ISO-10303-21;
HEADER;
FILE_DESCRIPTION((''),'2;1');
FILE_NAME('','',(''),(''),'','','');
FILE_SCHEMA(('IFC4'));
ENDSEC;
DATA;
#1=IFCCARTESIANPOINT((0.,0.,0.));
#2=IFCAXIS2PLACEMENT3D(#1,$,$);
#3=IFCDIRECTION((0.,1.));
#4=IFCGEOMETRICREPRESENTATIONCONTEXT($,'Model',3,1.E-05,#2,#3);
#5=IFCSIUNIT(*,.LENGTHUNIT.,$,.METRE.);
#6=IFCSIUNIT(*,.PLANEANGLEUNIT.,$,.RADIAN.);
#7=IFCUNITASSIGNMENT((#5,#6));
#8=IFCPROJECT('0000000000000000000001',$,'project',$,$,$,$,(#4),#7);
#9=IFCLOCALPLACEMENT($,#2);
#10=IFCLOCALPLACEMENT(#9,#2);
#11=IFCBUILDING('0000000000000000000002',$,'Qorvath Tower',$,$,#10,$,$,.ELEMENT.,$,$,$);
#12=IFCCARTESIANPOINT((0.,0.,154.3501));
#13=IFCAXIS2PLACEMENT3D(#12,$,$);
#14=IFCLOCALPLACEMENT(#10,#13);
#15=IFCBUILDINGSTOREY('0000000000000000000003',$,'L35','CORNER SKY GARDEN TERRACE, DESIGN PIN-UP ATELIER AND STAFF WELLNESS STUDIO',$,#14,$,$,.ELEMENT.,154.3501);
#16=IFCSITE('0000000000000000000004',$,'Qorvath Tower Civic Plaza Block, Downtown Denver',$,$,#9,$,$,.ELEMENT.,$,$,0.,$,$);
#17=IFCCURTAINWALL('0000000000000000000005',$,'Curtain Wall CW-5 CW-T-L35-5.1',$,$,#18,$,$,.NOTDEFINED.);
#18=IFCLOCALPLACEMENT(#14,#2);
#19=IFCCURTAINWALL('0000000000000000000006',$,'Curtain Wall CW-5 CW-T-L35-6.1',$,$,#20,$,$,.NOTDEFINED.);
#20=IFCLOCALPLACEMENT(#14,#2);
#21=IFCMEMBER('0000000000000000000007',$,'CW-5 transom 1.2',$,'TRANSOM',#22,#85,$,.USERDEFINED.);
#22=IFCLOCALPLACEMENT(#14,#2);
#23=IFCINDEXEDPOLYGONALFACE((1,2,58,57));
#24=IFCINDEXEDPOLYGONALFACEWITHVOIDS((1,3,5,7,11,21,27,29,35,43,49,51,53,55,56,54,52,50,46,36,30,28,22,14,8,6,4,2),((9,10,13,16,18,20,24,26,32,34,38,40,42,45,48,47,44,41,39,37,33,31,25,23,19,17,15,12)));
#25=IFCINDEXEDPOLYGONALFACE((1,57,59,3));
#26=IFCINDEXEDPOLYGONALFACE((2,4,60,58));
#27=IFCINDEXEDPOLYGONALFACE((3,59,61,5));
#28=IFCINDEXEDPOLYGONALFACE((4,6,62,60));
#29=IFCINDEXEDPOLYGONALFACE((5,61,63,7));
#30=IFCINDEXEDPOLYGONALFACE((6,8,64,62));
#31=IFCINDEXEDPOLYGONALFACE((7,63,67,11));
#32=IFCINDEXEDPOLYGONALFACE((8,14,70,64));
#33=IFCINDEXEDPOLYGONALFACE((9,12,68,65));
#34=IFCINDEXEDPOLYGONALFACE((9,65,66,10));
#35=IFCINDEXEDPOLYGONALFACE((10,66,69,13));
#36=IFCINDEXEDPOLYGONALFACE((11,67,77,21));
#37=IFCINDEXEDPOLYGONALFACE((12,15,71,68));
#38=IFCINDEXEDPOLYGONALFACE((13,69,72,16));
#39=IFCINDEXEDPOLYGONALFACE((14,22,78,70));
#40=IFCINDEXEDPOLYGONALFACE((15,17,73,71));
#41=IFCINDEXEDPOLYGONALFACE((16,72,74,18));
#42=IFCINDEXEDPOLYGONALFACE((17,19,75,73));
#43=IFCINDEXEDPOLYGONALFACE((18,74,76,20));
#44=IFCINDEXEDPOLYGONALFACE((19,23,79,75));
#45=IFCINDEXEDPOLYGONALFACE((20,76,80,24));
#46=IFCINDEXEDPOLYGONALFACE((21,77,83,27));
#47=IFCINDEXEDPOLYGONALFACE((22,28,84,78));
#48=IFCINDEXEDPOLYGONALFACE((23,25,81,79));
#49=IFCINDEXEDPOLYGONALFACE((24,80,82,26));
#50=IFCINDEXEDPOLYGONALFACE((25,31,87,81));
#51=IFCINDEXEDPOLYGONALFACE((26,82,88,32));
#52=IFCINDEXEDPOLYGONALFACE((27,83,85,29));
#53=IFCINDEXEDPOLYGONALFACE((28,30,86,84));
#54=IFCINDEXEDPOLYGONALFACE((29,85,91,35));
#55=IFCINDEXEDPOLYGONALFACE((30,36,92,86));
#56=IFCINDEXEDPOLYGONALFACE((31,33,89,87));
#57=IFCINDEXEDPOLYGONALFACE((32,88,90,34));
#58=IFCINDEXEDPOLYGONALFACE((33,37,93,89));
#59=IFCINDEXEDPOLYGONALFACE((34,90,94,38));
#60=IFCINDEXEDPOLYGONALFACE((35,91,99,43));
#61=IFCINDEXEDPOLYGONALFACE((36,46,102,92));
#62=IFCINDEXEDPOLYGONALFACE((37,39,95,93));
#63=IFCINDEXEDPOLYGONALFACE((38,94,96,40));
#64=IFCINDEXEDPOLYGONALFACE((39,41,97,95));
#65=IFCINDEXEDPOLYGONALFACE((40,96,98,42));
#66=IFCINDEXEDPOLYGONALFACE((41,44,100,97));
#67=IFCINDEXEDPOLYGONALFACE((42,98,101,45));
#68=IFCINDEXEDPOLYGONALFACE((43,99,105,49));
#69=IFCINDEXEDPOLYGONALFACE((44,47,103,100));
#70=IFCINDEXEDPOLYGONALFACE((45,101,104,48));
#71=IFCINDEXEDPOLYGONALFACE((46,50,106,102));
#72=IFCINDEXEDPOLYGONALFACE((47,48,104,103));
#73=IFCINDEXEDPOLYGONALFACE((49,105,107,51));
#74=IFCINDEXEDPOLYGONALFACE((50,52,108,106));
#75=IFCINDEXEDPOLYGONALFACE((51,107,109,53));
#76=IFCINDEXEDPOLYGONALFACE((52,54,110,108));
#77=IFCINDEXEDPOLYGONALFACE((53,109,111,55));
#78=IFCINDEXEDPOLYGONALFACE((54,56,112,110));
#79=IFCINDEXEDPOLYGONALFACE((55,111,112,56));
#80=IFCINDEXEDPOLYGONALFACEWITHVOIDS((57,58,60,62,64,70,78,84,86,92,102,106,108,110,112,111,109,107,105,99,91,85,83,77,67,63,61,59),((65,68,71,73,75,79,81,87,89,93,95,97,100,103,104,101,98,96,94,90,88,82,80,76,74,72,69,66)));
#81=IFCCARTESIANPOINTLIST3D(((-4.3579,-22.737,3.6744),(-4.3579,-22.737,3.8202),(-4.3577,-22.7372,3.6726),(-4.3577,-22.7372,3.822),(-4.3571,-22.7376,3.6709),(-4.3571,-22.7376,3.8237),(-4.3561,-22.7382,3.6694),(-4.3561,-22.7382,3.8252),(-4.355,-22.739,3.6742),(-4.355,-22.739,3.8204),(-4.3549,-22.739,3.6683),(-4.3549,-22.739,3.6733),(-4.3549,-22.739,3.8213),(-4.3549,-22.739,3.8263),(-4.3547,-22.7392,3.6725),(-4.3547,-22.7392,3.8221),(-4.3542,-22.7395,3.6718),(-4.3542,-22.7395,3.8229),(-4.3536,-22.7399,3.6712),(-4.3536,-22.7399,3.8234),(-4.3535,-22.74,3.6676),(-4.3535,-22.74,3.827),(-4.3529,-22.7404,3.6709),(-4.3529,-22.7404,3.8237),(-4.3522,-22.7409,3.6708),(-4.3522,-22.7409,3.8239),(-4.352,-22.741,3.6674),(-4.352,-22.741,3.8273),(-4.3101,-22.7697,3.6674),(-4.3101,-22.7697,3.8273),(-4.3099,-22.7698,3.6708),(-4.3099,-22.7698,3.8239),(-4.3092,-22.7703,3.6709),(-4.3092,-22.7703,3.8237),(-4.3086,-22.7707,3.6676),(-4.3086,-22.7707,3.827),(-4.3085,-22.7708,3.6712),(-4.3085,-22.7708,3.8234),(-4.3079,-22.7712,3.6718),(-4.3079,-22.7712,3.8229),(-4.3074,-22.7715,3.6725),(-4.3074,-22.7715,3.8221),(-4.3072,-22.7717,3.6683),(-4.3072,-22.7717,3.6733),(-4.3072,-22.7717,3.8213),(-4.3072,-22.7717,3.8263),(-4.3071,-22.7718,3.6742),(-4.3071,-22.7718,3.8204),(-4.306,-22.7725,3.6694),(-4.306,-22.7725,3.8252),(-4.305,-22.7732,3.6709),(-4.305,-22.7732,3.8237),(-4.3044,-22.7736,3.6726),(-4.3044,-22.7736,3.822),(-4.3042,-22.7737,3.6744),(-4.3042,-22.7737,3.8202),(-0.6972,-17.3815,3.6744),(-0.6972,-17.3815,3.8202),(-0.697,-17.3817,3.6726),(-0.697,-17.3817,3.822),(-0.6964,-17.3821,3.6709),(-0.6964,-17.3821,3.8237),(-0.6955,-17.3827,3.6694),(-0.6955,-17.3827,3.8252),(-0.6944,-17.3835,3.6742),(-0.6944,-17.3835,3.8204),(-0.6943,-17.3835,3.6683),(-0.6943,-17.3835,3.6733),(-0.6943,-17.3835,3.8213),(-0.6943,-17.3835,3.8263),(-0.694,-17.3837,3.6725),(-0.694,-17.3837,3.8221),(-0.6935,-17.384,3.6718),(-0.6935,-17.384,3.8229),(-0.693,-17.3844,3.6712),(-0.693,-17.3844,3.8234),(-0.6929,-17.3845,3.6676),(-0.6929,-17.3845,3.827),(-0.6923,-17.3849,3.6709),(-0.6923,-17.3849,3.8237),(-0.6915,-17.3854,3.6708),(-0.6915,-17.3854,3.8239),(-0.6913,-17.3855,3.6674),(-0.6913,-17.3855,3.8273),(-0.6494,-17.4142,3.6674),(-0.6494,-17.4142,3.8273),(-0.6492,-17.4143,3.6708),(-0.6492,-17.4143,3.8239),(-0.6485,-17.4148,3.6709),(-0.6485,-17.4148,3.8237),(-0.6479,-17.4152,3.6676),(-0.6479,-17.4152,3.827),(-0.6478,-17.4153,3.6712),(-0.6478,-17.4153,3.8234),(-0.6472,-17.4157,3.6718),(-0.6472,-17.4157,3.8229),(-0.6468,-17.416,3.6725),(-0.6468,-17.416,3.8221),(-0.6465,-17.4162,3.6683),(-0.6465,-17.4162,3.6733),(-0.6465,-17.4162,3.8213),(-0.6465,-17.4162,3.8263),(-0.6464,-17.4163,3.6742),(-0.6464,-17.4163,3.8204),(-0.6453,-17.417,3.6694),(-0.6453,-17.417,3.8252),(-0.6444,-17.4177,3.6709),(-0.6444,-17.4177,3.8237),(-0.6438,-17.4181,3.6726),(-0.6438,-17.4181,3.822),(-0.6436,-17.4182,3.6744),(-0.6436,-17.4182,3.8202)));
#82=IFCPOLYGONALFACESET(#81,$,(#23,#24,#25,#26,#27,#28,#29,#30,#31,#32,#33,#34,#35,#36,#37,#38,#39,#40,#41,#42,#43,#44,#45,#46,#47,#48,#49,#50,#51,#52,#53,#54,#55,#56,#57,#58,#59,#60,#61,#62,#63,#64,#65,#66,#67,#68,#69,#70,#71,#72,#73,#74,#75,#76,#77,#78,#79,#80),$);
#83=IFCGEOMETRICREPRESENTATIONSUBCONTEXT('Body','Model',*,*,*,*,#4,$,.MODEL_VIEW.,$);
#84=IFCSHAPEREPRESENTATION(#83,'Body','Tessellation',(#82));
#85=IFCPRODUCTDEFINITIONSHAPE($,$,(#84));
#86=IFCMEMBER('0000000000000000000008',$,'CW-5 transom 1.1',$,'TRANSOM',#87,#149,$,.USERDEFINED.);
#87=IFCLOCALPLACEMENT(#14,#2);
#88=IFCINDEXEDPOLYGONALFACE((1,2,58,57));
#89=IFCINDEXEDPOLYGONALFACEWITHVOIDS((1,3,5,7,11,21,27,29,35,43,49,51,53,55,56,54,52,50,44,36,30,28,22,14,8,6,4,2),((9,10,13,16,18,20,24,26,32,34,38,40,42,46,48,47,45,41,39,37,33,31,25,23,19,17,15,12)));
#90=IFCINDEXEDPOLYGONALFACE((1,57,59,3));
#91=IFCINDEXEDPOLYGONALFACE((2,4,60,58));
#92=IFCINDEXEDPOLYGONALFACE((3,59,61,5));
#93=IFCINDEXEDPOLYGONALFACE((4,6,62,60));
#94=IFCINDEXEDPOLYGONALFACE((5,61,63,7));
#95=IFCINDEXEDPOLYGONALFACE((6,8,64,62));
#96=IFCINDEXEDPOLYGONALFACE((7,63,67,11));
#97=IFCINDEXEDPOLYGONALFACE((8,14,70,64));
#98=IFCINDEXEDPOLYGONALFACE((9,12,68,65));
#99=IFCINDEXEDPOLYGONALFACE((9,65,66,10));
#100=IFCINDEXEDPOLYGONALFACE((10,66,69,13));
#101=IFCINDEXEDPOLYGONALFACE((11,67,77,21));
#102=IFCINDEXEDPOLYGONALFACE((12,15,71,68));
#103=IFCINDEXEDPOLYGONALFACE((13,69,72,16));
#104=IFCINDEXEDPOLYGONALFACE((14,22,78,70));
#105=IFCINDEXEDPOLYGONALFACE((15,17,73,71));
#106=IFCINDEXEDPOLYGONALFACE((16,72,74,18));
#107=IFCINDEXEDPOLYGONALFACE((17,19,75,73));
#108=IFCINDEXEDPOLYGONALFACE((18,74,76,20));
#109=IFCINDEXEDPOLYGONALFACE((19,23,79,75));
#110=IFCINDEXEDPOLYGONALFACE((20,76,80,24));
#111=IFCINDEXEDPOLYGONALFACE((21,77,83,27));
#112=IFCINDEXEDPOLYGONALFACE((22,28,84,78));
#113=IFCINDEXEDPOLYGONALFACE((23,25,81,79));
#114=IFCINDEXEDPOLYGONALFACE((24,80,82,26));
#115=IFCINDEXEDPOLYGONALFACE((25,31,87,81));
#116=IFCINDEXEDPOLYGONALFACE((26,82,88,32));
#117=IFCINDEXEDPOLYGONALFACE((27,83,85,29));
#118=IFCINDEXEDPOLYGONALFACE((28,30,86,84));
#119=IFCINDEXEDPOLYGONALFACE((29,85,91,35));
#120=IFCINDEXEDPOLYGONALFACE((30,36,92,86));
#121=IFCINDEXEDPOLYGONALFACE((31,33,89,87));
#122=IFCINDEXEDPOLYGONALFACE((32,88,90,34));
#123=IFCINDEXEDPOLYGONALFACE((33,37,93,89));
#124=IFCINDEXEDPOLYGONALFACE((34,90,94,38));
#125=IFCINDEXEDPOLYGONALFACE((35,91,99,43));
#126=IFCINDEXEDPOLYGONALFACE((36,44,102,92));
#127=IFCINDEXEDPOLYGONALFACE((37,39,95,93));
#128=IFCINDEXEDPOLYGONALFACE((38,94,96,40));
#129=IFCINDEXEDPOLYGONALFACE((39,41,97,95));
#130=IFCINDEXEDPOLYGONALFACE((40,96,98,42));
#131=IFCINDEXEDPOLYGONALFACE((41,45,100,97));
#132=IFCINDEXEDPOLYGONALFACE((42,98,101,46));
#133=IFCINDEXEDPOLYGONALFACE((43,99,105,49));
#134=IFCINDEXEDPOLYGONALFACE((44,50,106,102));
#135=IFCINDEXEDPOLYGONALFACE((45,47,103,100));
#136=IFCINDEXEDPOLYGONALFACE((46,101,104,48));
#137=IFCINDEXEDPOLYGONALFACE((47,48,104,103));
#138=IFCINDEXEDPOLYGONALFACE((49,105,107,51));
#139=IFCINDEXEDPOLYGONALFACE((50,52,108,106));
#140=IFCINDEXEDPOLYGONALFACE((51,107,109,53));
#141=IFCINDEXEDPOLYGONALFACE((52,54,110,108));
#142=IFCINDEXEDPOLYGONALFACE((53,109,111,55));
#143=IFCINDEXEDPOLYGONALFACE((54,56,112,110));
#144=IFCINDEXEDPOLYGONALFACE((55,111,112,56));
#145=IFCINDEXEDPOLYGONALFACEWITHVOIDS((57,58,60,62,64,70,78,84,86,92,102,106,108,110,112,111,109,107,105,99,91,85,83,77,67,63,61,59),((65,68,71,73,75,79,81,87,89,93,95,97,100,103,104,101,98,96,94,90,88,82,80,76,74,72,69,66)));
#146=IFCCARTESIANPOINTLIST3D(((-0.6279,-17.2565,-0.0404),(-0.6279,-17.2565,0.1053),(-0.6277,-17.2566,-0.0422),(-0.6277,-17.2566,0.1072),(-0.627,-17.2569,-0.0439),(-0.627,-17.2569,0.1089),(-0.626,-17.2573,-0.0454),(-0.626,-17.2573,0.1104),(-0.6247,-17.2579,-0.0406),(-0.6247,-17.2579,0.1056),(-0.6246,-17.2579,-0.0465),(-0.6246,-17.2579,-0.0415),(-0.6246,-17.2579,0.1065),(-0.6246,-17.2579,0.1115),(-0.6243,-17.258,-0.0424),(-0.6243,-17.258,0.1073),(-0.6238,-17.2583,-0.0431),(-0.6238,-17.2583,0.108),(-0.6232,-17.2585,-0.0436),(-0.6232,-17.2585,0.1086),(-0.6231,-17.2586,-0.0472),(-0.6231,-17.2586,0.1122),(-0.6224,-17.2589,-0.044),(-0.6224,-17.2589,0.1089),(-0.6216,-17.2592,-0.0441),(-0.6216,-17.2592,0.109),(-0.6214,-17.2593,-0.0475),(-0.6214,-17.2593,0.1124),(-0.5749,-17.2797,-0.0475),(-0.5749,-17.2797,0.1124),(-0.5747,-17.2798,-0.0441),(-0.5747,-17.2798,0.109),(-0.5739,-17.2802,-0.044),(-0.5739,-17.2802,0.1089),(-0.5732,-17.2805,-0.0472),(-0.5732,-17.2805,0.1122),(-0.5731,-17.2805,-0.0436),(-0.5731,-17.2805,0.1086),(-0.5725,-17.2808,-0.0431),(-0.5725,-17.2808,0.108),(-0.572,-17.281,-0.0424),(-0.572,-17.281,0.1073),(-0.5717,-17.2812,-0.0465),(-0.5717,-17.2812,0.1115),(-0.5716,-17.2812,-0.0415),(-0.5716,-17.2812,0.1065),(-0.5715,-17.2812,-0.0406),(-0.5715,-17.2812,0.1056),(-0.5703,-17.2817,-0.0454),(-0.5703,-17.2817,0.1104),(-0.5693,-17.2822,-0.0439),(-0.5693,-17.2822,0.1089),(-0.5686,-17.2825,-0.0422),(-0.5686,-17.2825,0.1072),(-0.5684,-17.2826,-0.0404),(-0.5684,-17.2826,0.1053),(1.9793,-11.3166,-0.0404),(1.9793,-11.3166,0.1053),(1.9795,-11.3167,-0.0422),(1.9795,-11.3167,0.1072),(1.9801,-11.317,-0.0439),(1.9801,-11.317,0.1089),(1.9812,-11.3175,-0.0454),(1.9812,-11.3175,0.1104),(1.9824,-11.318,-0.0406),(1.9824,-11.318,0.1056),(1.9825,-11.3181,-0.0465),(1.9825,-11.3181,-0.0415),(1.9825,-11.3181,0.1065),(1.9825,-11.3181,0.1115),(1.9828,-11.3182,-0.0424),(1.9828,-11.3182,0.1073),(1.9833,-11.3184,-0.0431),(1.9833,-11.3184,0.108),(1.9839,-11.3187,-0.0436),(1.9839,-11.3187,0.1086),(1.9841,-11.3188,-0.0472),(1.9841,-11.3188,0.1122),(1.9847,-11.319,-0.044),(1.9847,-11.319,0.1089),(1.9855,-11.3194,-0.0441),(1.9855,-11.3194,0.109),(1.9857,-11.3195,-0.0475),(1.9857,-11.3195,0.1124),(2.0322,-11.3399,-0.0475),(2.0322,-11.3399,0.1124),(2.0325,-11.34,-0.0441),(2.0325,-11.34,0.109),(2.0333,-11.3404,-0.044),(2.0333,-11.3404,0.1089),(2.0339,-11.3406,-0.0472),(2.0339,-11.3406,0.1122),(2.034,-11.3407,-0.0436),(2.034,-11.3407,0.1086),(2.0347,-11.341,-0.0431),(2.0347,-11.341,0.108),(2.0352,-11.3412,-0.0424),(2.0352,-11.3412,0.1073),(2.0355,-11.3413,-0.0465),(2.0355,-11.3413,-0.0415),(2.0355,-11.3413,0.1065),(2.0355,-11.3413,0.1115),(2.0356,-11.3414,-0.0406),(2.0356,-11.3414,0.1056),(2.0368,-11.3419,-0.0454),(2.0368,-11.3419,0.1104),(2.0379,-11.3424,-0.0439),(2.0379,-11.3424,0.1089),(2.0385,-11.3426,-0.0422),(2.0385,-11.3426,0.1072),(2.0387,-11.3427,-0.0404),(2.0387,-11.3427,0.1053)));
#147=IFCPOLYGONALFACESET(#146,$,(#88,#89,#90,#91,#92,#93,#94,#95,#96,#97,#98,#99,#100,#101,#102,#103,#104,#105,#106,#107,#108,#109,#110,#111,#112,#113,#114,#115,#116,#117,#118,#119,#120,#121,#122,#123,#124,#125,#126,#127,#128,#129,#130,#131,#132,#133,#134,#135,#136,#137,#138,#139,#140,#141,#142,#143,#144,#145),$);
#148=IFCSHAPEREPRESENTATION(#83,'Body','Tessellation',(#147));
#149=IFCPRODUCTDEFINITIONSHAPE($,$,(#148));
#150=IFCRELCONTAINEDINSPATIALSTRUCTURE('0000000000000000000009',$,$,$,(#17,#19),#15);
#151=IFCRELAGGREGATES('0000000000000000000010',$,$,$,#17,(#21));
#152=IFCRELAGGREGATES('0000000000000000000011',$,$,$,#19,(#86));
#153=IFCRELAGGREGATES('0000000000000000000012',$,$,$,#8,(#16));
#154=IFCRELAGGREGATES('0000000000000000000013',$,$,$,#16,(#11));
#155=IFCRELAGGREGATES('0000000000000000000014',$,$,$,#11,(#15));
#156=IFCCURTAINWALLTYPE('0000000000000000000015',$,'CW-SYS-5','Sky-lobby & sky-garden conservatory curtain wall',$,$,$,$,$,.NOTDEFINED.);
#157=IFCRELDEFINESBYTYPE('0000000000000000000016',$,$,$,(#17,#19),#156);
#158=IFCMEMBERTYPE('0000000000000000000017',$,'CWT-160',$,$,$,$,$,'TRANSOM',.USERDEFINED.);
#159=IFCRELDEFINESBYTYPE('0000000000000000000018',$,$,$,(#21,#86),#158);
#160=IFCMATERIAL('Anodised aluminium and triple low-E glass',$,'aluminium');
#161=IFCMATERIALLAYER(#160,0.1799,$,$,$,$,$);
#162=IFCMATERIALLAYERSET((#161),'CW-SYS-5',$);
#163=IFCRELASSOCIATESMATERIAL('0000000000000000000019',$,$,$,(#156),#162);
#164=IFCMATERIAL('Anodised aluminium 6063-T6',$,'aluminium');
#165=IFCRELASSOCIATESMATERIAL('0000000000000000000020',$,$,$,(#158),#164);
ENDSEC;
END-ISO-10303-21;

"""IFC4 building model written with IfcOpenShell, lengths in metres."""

from ifc_helpers import new_model, si_unit, direction, frame, origin, origin_2d, place, context, subcontext, project, spatial, hollow_rectangle, extrude, material, layer, layer_set, material_profile, profile_set, type_object, element, aggregate, save


model = new_model("IFC4")

# Units and contexts
model_context = context("Model", 3, precision=1e-05, world=origin(), true_north=direction((0.0, 1.0)))
body_context = subcontext(model_context, "Body", "Model", "MODEL_VIEW")
ifc_project = project(units=[si_unit("LENGTHUNIT", "METRE"), si_unit("PLANEANGLEUNIT", "RADIAN")], contexts=[model_context])

# Site, building, storey
site_placement = place(None, origin())
site = spatial("IfcSite", under=ifc_project, at=site_placement, Name="Qorvath Tower Civic Plaza Block, Downtown Denver", CompositionType="ELEMENT", RefElevation=0.0)
building_placement = place(site_placement, origin())
building = spatial("IfcBuilding", under=site, at=building_placement, Name="Qorvath Tower", CompositionType="ELEMENT")
storey_placement = place(building_placement, frame((0.0, 0.0, 154.3501)))
storey = spatial("IfcBuildingStorey", under=building, at=storey_placement, Name="L35", Description="CORNER SKY GARDEN TERRACE, DESIGN PIN-UP ATELIER AND STAFF WELLNESS STUDIO", CompositionType="ELEMENT", Elevation=154.3501)

# Curtain walls
ifc_material_1 = material(Name="Anodised aluminium and triple low-E glass", Category="aluminium")
ifc_layer_1 = layer(ifc_material_1, 0.1799)
ifc_layer_set_1 = layer_set([ifc_layer_1], Name="CW-SYS-5")
curtain_wall_type = type_object("IfcCurtainWallType", Name="CW-SYS-5", Description="Sky-lobby & sky-garden conservatory curtain wall", PredefinedType="NOTDEFINED", material=ifc_layer_set_1)
curtain_wall_1_placement = place(storey_placement, origin())
curtain_wall_1 = element("IfcCurtainWall", 1, at=curtain_wall_1_placement, inside=storey, type_object=curtain_wall_type, Name="Curtain Wall CW-5 CW-T-L35-5.1", PredefinedType="NOTDEFINED")
curtain_wall_2_placement = place(storey_placement, origin())
curtain_wall_2 = element("IfcCurtainWall", 2, at=curtain_wall_2_placement, inside=storey, type_object=curtain_wall_type, Name="Curtain Wall CW-5 CW-T-L35-6.1", PredefinedType="NOTDEFINED")

# Members
ifc_material_2 = material(Name="Anodised aluminium 6063-T6", Category="aluminium")
ifc_material_profile_1 = material_profile(ifc_material_2, hollow_rectangle(XDim=0.0649, YDim=0.1599, WallThickness=0.0034, InnerFilletRadius=0.0034, OuterFilletRadius=0.0071, at=origin_2d()), Name="CWT 160x65")
ifc_profile_set_1 = profile_set([ifc_material_profile_1], Name="Anodised aluminium 6063-T6")
member_type_1 = type_object("IfcMemberType", Name="CWT-160", ElementType="TRANSOM", PredefinedType="USERDEFINED", material=ifc_profile_set_1)
member_1_placement = place(storey_placement, frame((-4.3311, -22.7554, 3.7473), z_axis=(0.564303, 0.825567, 0.0), x_axis=(-0.825567, 0.564303, 0.0)))
member_1 = element("IfcMember", 3, at=member_1_placement, type_object=member_type_1, Name="CW-5 transom 1.2", ObjectType="TRANSOM", PredefinedType="USERDEFINED", context=body_context, shape_type="SweptSolid", body=[
    extrude(hollow_rectangle(XDim=0.0649, YDim=0.1599, WallThickness=0.0034, InnerFilletRadius=0.0034, OuterFilletRadius=0.0071, at=origin_2d()), origin(), (0.0, 0.0, 1.0), 6.4871),
])
member_2_placement = place(storey_placement, frame((-0.5981, -17.2695, 0.0325), z_axis=(0.401912, 0.915678, 0.0), x_axis=(-0.915678, 0.401912, 0.0)))
member_2 = element("IfcMember", 4, at=member_2_placement, type_object=member_type_1, Name="CW-5 transom 1.1", ObjectType="TRANSOM", PredefinedType="USERDEFINED", context=body_context, shape_type="SweptSolid", body=[
    extrude(hollow_rectangle(XDim=0.0649, YDim=0.1599, WallThickness=0.0034, InnerFilletRadius=0.0034, OuterFilletRadius=0.0071, at=origin_2d()), origin(), (0.0, 0.0, 1.0), 6.4868),
])

aggregate(curtain_wall_1, [member_1])
aggregate(curtain_wall_2, [member_2])

save(model, "model.ifc")
